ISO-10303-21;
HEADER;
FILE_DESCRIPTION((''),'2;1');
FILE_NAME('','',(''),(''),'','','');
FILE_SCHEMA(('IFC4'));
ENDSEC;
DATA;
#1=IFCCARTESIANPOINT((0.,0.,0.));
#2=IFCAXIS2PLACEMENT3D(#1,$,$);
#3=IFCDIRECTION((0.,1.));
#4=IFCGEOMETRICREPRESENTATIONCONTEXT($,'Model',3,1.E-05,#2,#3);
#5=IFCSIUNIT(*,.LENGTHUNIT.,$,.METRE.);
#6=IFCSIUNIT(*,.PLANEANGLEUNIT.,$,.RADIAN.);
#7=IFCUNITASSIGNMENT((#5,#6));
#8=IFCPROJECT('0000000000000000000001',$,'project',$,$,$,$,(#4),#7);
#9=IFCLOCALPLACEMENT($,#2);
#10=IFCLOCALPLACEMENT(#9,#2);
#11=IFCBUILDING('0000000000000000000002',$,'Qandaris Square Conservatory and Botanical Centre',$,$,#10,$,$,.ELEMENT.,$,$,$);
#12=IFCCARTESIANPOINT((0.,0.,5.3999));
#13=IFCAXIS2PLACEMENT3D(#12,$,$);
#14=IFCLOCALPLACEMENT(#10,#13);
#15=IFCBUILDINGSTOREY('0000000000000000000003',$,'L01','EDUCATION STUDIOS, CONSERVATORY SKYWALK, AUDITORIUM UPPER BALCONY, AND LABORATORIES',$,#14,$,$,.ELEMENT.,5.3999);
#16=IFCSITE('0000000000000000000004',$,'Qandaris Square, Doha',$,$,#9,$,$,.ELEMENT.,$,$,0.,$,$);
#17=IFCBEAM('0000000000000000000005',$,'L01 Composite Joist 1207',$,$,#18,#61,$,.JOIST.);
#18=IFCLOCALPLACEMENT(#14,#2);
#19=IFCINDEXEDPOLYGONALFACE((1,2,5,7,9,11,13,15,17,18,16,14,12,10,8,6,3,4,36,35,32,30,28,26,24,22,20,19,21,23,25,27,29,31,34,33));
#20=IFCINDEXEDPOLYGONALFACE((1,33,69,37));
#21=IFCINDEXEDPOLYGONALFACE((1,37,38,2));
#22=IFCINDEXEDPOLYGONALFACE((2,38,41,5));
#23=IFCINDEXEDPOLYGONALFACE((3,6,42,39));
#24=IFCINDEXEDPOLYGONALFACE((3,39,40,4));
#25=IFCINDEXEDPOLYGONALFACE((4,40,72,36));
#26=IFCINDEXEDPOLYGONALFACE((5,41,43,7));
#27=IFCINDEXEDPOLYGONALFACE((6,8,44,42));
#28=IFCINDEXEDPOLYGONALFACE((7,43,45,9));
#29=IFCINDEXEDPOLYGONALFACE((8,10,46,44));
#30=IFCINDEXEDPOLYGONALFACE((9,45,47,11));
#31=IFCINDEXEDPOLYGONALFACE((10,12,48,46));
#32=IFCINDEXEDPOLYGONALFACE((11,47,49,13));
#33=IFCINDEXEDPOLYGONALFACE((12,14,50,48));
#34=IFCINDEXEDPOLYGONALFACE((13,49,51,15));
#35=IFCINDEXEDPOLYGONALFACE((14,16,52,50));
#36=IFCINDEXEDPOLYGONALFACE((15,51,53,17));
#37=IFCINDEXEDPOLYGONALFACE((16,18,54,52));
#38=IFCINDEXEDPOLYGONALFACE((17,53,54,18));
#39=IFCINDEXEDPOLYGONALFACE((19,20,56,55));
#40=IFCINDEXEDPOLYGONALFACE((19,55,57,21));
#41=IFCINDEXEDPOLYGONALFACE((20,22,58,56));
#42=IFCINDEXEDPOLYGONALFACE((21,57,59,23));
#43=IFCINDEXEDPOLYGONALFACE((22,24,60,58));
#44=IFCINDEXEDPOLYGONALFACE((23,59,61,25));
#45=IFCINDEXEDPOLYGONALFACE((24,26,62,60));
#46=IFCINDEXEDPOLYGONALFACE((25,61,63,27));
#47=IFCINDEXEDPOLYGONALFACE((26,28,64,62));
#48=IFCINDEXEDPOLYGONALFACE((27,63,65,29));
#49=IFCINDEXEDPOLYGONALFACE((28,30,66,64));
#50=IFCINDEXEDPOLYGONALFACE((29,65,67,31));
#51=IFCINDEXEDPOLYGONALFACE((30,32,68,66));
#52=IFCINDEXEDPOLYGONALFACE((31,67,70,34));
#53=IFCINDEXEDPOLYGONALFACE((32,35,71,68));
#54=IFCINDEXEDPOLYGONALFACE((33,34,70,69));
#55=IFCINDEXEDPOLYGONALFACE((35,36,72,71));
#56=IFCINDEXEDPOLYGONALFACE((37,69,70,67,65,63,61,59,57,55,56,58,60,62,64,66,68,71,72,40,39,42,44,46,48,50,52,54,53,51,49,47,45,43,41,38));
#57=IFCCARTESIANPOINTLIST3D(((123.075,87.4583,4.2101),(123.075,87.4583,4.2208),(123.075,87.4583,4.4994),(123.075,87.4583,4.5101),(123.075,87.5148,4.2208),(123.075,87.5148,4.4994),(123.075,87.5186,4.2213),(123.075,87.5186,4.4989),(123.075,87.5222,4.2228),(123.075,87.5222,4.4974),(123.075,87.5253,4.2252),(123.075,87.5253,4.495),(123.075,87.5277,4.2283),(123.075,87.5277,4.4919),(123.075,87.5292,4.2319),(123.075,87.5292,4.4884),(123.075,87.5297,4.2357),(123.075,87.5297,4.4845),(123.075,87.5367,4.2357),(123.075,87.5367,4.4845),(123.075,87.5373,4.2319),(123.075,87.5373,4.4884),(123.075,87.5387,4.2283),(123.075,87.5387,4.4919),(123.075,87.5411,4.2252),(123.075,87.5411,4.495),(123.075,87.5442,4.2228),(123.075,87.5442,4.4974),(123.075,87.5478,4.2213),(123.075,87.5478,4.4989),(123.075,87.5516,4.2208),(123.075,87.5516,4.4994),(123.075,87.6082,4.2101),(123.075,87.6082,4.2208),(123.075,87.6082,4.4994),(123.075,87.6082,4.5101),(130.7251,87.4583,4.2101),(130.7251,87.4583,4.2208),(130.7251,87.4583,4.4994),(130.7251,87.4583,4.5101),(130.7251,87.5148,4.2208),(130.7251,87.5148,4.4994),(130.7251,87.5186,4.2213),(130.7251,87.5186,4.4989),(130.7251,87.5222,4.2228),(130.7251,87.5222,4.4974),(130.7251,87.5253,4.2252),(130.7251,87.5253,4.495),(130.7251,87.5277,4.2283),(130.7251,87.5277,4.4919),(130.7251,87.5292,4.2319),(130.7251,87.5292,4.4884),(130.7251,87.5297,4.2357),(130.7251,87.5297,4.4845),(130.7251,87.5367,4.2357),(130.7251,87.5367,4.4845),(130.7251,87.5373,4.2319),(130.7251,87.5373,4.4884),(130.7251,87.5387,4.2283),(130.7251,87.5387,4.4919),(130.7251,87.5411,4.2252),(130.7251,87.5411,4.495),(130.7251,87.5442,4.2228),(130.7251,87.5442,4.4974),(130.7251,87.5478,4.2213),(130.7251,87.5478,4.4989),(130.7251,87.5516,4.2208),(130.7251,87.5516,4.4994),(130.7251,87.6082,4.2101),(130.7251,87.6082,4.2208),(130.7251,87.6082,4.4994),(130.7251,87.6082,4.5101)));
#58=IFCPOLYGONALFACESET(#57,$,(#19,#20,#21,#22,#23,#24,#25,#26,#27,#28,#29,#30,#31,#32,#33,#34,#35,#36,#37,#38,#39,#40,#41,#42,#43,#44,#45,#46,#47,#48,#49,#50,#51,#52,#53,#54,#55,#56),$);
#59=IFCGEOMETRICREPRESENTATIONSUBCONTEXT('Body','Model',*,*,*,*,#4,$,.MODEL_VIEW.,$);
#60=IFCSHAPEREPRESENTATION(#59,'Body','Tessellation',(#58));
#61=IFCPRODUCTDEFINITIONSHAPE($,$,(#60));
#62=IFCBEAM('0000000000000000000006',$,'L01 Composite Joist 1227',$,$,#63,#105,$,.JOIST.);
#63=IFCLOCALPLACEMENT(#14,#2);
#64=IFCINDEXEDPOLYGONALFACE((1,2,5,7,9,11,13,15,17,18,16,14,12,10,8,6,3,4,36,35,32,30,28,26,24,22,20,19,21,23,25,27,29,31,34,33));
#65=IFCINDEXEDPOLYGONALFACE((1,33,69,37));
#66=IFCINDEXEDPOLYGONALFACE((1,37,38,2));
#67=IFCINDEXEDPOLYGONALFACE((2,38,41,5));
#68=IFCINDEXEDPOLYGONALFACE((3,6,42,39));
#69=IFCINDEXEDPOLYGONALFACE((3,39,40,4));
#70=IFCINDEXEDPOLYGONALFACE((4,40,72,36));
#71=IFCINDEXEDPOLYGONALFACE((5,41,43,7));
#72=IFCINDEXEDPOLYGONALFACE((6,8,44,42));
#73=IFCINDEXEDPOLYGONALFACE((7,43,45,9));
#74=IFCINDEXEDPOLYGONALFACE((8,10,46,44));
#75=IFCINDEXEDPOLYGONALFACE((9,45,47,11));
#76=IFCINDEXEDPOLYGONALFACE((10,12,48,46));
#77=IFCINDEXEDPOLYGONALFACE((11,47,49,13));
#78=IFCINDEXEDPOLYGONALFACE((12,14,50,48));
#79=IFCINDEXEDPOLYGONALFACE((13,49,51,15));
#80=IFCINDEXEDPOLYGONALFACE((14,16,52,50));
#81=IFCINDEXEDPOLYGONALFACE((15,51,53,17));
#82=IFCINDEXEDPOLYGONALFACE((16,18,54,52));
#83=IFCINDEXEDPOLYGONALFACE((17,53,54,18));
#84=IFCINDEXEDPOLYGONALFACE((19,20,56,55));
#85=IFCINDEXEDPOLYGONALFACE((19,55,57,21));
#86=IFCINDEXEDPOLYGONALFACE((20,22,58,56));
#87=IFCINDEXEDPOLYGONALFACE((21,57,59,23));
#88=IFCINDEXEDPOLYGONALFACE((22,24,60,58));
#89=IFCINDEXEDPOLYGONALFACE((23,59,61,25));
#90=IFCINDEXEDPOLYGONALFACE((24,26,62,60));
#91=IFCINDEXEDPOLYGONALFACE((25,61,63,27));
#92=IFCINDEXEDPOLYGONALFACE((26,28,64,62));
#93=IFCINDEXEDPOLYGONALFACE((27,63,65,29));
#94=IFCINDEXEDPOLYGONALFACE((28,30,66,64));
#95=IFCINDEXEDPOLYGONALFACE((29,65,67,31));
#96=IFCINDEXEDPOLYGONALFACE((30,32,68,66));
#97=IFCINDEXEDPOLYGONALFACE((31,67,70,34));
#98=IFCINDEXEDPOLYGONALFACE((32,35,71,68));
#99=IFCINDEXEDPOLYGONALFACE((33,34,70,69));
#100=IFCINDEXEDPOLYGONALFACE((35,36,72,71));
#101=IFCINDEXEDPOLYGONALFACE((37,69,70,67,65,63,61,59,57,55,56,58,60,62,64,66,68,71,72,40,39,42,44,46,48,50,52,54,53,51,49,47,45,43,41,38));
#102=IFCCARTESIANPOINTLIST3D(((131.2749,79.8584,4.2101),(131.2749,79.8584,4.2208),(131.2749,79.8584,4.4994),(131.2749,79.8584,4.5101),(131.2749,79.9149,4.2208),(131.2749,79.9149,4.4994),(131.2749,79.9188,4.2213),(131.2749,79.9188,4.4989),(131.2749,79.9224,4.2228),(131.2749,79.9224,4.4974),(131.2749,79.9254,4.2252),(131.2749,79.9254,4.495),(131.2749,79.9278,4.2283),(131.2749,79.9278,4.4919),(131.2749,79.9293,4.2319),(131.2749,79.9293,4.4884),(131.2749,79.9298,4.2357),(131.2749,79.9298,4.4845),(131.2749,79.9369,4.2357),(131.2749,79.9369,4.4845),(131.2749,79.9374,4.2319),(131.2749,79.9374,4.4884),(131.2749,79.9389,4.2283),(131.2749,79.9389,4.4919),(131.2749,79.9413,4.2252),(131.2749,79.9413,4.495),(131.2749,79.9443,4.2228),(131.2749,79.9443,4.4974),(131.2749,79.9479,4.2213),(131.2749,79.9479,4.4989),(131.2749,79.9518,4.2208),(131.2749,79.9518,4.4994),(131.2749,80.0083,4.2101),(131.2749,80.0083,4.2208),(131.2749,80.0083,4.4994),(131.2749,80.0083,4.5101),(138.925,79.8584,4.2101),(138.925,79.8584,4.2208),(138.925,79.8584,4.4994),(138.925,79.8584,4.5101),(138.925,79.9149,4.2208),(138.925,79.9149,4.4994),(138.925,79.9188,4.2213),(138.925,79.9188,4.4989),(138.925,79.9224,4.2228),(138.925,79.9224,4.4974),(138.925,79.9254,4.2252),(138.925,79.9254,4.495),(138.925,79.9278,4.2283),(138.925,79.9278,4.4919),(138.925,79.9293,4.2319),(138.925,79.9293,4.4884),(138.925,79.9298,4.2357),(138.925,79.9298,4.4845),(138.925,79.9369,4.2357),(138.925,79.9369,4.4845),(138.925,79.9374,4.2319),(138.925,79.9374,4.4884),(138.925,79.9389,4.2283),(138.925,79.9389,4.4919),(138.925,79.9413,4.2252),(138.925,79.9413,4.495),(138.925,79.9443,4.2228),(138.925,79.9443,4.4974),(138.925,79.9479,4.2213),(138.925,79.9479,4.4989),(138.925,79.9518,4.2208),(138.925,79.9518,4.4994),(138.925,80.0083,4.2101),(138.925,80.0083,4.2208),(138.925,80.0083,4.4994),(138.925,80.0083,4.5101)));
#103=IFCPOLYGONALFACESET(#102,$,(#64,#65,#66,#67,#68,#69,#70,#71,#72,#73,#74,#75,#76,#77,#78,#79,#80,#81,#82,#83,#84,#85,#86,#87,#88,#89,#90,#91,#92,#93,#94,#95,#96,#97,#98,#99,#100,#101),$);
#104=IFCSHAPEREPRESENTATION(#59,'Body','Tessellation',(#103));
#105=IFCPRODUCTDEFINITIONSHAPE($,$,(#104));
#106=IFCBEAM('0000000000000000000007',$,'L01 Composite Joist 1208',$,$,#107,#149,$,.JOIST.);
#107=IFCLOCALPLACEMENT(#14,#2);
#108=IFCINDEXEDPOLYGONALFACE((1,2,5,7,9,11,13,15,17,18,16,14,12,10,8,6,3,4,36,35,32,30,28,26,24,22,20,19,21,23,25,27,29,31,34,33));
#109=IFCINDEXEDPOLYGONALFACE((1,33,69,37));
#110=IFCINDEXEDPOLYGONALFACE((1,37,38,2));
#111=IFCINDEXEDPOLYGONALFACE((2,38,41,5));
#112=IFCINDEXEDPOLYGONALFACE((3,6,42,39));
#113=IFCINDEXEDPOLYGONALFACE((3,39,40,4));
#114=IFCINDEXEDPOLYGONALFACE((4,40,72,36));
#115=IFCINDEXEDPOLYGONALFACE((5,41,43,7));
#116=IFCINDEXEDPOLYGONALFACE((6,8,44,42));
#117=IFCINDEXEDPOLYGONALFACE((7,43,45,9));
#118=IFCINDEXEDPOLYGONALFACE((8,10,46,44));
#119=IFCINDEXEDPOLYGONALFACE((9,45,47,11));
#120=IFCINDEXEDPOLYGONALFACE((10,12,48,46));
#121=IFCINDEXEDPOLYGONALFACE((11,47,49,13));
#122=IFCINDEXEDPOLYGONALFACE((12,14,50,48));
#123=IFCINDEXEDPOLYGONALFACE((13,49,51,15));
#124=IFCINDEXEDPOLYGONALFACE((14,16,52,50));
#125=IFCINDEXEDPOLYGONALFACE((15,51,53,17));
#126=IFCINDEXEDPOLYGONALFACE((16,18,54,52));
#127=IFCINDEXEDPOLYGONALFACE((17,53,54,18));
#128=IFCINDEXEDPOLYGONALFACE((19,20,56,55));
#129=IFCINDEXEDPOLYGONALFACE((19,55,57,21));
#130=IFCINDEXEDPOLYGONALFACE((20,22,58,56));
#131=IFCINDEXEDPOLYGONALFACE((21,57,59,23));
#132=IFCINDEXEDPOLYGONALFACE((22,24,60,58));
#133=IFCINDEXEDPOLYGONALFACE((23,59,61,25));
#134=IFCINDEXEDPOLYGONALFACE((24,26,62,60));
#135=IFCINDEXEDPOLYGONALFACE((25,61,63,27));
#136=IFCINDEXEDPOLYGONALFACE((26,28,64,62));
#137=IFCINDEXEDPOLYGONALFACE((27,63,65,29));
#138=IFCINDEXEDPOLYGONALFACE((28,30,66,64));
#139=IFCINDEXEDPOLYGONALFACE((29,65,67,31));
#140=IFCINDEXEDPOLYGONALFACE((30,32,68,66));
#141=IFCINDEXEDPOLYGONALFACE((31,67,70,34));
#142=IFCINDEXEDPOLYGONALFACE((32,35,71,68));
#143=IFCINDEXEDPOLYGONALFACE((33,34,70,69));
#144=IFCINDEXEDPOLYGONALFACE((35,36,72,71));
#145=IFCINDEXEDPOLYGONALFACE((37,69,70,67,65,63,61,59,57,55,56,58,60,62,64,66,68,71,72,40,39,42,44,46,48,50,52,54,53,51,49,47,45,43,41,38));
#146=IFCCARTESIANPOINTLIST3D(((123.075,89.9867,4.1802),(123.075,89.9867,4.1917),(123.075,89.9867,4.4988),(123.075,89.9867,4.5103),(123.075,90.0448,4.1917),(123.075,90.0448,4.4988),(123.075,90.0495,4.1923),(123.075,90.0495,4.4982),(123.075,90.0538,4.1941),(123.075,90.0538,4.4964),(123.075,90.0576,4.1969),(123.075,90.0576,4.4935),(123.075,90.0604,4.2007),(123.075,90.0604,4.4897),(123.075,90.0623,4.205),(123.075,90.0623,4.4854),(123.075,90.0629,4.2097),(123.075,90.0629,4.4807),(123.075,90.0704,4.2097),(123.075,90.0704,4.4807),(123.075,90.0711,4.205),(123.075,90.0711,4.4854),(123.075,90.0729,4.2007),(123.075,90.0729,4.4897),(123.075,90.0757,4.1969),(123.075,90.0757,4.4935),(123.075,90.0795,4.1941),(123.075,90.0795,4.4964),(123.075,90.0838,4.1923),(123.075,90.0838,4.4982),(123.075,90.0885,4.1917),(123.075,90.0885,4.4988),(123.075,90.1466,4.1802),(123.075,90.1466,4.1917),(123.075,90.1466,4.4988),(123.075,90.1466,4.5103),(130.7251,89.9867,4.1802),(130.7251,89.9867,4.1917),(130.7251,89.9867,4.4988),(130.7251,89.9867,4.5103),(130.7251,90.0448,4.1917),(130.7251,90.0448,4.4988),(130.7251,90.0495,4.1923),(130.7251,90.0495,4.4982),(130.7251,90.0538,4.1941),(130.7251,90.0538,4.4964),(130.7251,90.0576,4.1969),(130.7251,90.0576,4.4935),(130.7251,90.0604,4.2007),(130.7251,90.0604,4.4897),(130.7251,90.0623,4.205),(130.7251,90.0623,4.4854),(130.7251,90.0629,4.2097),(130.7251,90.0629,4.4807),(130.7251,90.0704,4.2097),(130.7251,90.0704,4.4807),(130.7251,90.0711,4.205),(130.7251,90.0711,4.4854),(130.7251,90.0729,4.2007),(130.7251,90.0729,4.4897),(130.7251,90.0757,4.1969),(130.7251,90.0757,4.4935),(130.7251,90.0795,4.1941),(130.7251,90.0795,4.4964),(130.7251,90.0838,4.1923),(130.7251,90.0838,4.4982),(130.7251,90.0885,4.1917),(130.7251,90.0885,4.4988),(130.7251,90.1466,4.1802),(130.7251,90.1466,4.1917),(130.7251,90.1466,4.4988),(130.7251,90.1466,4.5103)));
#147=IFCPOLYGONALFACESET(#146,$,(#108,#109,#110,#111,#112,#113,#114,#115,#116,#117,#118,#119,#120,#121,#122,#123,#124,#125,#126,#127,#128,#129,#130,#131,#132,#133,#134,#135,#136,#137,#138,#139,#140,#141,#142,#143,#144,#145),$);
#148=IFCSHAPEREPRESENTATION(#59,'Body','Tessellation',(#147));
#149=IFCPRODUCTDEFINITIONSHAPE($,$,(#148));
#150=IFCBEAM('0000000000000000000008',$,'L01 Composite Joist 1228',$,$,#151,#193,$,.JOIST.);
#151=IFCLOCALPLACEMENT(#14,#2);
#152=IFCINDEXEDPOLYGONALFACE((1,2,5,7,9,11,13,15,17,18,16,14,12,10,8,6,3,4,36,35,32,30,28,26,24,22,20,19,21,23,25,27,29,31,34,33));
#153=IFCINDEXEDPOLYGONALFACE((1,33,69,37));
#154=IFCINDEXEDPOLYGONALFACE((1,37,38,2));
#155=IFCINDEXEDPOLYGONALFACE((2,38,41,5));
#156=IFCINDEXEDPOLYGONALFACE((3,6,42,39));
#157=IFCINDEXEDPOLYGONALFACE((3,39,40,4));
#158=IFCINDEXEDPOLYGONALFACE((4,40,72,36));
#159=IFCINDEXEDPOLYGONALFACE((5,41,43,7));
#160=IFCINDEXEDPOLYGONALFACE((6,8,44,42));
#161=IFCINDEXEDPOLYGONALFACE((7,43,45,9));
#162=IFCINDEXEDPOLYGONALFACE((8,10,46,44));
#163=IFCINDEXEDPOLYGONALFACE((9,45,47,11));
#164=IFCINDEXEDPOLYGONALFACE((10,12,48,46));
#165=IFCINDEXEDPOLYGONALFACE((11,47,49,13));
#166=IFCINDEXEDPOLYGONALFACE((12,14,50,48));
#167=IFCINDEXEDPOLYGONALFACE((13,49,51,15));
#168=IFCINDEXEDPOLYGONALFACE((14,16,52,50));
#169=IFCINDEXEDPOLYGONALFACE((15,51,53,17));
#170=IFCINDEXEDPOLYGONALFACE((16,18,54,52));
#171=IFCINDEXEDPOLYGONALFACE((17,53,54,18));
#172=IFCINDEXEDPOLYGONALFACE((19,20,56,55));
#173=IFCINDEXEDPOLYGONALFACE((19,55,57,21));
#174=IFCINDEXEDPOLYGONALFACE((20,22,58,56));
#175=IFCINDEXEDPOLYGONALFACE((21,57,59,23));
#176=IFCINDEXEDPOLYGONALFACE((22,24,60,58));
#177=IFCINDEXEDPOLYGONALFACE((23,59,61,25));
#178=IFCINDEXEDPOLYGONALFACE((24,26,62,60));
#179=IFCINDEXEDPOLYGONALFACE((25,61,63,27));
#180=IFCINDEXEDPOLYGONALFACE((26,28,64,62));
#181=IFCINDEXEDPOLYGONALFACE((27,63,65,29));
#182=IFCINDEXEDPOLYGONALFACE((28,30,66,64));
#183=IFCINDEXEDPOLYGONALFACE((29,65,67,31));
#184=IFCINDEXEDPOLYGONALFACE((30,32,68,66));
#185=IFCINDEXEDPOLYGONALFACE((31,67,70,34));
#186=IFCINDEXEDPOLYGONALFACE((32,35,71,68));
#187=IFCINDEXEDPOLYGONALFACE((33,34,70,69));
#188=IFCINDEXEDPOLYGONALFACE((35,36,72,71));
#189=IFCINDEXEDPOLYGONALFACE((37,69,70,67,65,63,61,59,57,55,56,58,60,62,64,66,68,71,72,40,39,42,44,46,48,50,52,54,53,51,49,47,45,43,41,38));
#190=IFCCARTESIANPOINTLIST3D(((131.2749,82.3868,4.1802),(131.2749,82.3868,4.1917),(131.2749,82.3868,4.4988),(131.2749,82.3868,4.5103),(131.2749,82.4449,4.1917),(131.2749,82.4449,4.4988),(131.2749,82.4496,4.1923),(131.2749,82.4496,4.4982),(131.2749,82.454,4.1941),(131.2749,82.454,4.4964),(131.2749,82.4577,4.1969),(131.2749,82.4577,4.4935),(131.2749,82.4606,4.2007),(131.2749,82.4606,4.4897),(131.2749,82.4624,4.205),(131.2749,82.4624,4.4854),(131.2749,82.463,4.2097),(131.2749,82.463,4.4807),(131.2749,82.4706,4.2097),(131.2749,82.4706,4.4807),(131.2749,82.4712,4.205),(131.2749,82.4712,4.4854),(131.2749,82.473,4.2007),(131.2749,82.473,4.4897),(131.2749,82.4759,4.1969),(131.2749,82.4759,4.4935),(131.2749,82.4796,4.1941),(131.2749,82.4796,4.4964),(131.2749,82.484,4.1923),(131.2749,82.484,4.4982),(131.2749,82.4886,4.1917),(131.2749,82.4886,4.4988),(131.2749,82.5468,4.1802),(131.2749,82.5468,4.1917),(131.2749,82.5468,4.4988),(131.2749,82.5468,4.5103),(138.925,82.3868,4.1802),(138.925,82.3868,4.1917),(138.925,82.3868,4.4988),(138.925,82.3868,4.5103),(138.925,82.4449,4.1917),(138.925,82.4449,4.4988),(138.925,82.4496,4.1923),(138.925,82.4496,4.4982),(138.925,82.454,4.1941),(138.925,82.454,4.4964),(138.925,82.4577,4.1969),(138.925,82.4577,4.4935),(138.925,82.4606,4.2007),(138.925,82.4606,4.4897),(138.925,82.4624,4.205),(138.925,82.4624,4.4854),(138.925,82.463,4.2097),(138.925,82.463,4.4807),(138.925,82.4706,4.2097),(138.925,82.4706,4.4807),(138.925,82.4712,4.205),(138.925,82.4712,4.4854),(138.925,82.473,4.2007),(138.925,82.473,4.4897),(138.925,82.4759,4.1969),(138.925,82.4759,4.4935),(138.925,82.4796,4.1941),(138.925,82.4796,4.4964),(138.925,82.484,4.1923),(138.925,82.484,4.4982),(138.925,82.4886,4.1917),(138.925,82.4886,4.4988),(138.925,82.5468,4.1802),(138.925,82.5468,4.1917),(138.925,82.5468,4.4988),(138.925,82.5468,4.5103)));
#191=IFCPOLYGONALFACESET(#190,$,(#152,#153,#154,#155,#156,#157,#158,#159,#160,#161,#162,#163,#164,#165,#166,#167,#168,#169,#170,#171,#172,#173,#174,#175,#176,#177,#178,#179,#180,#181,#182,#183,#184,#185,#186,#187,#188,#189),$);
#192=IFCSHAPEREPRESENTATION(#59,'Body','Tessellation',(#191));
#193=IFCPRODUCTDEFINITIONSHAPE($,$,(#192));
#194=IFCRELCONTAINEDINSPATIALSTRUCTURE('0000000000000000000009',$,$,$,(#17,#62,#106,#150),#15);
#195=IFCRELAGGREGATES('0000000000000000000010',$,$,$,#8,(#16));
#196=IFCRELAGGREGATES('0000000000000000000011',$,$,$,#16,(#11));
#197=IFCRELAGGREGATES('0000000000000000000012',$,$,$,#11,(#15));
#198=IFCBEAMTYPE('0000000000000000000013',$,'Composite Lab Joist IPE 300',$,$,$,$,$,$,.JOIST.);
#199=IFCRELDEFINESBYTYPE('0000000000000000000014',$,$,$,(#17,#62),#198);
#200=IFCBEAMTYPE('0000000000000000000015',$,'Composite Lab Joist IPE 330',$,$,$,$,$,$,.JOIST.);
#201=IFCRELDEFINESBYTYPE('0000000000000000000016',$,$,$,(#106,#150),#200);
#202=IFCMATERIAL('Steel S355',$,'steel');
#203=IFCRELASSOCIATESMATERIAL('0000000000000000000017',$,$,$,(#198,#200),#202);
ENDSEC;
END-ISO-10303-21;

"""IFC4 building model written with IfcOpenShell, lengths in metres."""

from ifc_helpers import new_model, si_unit, direction, frame, origin, origin_2d, place, context, subcontext, project, spatial, i_section, extrude, material, material_profile, profile_set, type_object, element, save


model = new_model("IFC4")

# Units and contexts
model_context = context("Model", 3, precision=1e-05, world=origin(), true_north=direction((0.0, 1.0)))
body_context = subcontext(model_context, "Body", "Model", "MODEL_VIEW")
ifc_project = project(units=[si_unit("LENGTHUNIT", "METRE"), si_unit("PLANEANGLEUNIT", "RADIAN")], contexts=[model_context])

# Site, building, storey
site_placement = place(None, origin())
site = spatial("IfcSite", under=ifc_project, at=site_placement, Name="Qandaris Square, Doha", CompositionType="ELEMENT", RefElevation=0.0)
building_placement = place(site_placement, origin())
building = spatial("IfcBuilding", under=site, at=building_placement, Name="Qandaris Square Conservatory and Botanical Centre", CompositionType="ELEMENT")
storey_placement = place(building_placement, frame((0.0, 0.0, 5.3999)))
storey = spatial("IfcBuildingStorey", under=building, at=storey_placement, Name="L01", Description="EDUCATION STUDIOS, CONSERVATORY SKYWALK, AUDITORIUM UPPER BALCONY, AND LABORATORIES", CompositionType="ELEMENT", Elevation=5.3999)

# Beams
ifc_material_1 = material(Name="Steel S355", Category="steel")
ifc_material_profile_1 = material_profile(ifc_material_1, i_section(OverallWidth=0.1499, OverallDepth=0.3, WebThickness=0.0071, FlangeThickness=0.0107, FilletRadius=0.0149, at=origin_2d()), Name="IPE 300")
ifc_profile_set_1 = profile_set([ifc_material_profile_1], Name="Steel S355")
beam_type_1 = type_object("IfcBeamType", Name="Composite Lab Joist IPE 300", PredefinedType="JOIST", material=ifc_profile_set_1)
for number, where, z_axis, x_axis, name in (
    (1, (123.075, 87.5332, 4.3601), (1.0, 0.0, 0.0), (0.0, 1.0, 0.0), "L01 Composite Joist 1207"),
    (2, (131.2749, 79.9333, 4.3601), (1.0, 0.0, 0.0), (0.0, 1.0, 0.0), "L01 Composite Joist 1227"),
):
    element("IfcBeam", number, at=place(storey_placement, frame(where, z_axis=z_axis, x_axis=x_axis)), inside=storey, type_object=beam_type_1, Name=name, PredefinedType="JOIST", context=body_context, shape_type="SweptSolid", body=[
        extrude(i_section(OverallWidth=0.1499, OverallDepth=0.3, WebThickness=0.0071, FlangeThickness=0.0107, FilletRadius=0.0149, at=origin_2d()), origin(), (0.0, 0.0, 1.0), 7.6501),
    ])
ifc_material_profile_2 = material_profile(ifc_material_1, i_section(OverallWidth=0.1599, OverallDepth=0.3301, WebThickness=0.0076, FlangeThickness=0.0115, FilletRadius=0.0181, at=origin_2d()), Name="IPE 330")
ifc_profile_set_2 = profile_set([ifc_material_profile_2], Name="Steel S355")
beam_type_2 = type_object("IfcBeamType", Name="Composite Lab Joist IPE 330", PredefinedType="JOIST", material=ifc_profile_set_2)
for number, where, z_axis, x_axis, name in (
    (3, (123.075, 90.0667, 4.3452), (1.0, 0.0, 0.0), (0.0, 1.0, 0.0), "L01 Composite Joist 1208"),
    (4, (131.2749, 82.4668, 4.3452), (1.0, 0.0, 0.0), (0.0, 1.0, 0.0), "L01 Composite Joist 1228"),
):
    element("IfcBeam", number, at=place(storey_placement, frame(where, z_axis=z_axis, x_axis=x_axis)), inside=storey, type_object=beam_type_2, Name=name, PredefinedType="JOIST", context=body_context, shape_type="SweptSolid", body=[
        extrude(i_section(OverallWidth=0.1599, OverallDepth=0.3301, WebThickness=0.0076, FlangeThickness=0.0115, FilletRadius=0.0181, at=origin_2d()), origin(), (0.0, 0.0, 1.0), 7.6501),
    ])

save(model, "model.ifc")
